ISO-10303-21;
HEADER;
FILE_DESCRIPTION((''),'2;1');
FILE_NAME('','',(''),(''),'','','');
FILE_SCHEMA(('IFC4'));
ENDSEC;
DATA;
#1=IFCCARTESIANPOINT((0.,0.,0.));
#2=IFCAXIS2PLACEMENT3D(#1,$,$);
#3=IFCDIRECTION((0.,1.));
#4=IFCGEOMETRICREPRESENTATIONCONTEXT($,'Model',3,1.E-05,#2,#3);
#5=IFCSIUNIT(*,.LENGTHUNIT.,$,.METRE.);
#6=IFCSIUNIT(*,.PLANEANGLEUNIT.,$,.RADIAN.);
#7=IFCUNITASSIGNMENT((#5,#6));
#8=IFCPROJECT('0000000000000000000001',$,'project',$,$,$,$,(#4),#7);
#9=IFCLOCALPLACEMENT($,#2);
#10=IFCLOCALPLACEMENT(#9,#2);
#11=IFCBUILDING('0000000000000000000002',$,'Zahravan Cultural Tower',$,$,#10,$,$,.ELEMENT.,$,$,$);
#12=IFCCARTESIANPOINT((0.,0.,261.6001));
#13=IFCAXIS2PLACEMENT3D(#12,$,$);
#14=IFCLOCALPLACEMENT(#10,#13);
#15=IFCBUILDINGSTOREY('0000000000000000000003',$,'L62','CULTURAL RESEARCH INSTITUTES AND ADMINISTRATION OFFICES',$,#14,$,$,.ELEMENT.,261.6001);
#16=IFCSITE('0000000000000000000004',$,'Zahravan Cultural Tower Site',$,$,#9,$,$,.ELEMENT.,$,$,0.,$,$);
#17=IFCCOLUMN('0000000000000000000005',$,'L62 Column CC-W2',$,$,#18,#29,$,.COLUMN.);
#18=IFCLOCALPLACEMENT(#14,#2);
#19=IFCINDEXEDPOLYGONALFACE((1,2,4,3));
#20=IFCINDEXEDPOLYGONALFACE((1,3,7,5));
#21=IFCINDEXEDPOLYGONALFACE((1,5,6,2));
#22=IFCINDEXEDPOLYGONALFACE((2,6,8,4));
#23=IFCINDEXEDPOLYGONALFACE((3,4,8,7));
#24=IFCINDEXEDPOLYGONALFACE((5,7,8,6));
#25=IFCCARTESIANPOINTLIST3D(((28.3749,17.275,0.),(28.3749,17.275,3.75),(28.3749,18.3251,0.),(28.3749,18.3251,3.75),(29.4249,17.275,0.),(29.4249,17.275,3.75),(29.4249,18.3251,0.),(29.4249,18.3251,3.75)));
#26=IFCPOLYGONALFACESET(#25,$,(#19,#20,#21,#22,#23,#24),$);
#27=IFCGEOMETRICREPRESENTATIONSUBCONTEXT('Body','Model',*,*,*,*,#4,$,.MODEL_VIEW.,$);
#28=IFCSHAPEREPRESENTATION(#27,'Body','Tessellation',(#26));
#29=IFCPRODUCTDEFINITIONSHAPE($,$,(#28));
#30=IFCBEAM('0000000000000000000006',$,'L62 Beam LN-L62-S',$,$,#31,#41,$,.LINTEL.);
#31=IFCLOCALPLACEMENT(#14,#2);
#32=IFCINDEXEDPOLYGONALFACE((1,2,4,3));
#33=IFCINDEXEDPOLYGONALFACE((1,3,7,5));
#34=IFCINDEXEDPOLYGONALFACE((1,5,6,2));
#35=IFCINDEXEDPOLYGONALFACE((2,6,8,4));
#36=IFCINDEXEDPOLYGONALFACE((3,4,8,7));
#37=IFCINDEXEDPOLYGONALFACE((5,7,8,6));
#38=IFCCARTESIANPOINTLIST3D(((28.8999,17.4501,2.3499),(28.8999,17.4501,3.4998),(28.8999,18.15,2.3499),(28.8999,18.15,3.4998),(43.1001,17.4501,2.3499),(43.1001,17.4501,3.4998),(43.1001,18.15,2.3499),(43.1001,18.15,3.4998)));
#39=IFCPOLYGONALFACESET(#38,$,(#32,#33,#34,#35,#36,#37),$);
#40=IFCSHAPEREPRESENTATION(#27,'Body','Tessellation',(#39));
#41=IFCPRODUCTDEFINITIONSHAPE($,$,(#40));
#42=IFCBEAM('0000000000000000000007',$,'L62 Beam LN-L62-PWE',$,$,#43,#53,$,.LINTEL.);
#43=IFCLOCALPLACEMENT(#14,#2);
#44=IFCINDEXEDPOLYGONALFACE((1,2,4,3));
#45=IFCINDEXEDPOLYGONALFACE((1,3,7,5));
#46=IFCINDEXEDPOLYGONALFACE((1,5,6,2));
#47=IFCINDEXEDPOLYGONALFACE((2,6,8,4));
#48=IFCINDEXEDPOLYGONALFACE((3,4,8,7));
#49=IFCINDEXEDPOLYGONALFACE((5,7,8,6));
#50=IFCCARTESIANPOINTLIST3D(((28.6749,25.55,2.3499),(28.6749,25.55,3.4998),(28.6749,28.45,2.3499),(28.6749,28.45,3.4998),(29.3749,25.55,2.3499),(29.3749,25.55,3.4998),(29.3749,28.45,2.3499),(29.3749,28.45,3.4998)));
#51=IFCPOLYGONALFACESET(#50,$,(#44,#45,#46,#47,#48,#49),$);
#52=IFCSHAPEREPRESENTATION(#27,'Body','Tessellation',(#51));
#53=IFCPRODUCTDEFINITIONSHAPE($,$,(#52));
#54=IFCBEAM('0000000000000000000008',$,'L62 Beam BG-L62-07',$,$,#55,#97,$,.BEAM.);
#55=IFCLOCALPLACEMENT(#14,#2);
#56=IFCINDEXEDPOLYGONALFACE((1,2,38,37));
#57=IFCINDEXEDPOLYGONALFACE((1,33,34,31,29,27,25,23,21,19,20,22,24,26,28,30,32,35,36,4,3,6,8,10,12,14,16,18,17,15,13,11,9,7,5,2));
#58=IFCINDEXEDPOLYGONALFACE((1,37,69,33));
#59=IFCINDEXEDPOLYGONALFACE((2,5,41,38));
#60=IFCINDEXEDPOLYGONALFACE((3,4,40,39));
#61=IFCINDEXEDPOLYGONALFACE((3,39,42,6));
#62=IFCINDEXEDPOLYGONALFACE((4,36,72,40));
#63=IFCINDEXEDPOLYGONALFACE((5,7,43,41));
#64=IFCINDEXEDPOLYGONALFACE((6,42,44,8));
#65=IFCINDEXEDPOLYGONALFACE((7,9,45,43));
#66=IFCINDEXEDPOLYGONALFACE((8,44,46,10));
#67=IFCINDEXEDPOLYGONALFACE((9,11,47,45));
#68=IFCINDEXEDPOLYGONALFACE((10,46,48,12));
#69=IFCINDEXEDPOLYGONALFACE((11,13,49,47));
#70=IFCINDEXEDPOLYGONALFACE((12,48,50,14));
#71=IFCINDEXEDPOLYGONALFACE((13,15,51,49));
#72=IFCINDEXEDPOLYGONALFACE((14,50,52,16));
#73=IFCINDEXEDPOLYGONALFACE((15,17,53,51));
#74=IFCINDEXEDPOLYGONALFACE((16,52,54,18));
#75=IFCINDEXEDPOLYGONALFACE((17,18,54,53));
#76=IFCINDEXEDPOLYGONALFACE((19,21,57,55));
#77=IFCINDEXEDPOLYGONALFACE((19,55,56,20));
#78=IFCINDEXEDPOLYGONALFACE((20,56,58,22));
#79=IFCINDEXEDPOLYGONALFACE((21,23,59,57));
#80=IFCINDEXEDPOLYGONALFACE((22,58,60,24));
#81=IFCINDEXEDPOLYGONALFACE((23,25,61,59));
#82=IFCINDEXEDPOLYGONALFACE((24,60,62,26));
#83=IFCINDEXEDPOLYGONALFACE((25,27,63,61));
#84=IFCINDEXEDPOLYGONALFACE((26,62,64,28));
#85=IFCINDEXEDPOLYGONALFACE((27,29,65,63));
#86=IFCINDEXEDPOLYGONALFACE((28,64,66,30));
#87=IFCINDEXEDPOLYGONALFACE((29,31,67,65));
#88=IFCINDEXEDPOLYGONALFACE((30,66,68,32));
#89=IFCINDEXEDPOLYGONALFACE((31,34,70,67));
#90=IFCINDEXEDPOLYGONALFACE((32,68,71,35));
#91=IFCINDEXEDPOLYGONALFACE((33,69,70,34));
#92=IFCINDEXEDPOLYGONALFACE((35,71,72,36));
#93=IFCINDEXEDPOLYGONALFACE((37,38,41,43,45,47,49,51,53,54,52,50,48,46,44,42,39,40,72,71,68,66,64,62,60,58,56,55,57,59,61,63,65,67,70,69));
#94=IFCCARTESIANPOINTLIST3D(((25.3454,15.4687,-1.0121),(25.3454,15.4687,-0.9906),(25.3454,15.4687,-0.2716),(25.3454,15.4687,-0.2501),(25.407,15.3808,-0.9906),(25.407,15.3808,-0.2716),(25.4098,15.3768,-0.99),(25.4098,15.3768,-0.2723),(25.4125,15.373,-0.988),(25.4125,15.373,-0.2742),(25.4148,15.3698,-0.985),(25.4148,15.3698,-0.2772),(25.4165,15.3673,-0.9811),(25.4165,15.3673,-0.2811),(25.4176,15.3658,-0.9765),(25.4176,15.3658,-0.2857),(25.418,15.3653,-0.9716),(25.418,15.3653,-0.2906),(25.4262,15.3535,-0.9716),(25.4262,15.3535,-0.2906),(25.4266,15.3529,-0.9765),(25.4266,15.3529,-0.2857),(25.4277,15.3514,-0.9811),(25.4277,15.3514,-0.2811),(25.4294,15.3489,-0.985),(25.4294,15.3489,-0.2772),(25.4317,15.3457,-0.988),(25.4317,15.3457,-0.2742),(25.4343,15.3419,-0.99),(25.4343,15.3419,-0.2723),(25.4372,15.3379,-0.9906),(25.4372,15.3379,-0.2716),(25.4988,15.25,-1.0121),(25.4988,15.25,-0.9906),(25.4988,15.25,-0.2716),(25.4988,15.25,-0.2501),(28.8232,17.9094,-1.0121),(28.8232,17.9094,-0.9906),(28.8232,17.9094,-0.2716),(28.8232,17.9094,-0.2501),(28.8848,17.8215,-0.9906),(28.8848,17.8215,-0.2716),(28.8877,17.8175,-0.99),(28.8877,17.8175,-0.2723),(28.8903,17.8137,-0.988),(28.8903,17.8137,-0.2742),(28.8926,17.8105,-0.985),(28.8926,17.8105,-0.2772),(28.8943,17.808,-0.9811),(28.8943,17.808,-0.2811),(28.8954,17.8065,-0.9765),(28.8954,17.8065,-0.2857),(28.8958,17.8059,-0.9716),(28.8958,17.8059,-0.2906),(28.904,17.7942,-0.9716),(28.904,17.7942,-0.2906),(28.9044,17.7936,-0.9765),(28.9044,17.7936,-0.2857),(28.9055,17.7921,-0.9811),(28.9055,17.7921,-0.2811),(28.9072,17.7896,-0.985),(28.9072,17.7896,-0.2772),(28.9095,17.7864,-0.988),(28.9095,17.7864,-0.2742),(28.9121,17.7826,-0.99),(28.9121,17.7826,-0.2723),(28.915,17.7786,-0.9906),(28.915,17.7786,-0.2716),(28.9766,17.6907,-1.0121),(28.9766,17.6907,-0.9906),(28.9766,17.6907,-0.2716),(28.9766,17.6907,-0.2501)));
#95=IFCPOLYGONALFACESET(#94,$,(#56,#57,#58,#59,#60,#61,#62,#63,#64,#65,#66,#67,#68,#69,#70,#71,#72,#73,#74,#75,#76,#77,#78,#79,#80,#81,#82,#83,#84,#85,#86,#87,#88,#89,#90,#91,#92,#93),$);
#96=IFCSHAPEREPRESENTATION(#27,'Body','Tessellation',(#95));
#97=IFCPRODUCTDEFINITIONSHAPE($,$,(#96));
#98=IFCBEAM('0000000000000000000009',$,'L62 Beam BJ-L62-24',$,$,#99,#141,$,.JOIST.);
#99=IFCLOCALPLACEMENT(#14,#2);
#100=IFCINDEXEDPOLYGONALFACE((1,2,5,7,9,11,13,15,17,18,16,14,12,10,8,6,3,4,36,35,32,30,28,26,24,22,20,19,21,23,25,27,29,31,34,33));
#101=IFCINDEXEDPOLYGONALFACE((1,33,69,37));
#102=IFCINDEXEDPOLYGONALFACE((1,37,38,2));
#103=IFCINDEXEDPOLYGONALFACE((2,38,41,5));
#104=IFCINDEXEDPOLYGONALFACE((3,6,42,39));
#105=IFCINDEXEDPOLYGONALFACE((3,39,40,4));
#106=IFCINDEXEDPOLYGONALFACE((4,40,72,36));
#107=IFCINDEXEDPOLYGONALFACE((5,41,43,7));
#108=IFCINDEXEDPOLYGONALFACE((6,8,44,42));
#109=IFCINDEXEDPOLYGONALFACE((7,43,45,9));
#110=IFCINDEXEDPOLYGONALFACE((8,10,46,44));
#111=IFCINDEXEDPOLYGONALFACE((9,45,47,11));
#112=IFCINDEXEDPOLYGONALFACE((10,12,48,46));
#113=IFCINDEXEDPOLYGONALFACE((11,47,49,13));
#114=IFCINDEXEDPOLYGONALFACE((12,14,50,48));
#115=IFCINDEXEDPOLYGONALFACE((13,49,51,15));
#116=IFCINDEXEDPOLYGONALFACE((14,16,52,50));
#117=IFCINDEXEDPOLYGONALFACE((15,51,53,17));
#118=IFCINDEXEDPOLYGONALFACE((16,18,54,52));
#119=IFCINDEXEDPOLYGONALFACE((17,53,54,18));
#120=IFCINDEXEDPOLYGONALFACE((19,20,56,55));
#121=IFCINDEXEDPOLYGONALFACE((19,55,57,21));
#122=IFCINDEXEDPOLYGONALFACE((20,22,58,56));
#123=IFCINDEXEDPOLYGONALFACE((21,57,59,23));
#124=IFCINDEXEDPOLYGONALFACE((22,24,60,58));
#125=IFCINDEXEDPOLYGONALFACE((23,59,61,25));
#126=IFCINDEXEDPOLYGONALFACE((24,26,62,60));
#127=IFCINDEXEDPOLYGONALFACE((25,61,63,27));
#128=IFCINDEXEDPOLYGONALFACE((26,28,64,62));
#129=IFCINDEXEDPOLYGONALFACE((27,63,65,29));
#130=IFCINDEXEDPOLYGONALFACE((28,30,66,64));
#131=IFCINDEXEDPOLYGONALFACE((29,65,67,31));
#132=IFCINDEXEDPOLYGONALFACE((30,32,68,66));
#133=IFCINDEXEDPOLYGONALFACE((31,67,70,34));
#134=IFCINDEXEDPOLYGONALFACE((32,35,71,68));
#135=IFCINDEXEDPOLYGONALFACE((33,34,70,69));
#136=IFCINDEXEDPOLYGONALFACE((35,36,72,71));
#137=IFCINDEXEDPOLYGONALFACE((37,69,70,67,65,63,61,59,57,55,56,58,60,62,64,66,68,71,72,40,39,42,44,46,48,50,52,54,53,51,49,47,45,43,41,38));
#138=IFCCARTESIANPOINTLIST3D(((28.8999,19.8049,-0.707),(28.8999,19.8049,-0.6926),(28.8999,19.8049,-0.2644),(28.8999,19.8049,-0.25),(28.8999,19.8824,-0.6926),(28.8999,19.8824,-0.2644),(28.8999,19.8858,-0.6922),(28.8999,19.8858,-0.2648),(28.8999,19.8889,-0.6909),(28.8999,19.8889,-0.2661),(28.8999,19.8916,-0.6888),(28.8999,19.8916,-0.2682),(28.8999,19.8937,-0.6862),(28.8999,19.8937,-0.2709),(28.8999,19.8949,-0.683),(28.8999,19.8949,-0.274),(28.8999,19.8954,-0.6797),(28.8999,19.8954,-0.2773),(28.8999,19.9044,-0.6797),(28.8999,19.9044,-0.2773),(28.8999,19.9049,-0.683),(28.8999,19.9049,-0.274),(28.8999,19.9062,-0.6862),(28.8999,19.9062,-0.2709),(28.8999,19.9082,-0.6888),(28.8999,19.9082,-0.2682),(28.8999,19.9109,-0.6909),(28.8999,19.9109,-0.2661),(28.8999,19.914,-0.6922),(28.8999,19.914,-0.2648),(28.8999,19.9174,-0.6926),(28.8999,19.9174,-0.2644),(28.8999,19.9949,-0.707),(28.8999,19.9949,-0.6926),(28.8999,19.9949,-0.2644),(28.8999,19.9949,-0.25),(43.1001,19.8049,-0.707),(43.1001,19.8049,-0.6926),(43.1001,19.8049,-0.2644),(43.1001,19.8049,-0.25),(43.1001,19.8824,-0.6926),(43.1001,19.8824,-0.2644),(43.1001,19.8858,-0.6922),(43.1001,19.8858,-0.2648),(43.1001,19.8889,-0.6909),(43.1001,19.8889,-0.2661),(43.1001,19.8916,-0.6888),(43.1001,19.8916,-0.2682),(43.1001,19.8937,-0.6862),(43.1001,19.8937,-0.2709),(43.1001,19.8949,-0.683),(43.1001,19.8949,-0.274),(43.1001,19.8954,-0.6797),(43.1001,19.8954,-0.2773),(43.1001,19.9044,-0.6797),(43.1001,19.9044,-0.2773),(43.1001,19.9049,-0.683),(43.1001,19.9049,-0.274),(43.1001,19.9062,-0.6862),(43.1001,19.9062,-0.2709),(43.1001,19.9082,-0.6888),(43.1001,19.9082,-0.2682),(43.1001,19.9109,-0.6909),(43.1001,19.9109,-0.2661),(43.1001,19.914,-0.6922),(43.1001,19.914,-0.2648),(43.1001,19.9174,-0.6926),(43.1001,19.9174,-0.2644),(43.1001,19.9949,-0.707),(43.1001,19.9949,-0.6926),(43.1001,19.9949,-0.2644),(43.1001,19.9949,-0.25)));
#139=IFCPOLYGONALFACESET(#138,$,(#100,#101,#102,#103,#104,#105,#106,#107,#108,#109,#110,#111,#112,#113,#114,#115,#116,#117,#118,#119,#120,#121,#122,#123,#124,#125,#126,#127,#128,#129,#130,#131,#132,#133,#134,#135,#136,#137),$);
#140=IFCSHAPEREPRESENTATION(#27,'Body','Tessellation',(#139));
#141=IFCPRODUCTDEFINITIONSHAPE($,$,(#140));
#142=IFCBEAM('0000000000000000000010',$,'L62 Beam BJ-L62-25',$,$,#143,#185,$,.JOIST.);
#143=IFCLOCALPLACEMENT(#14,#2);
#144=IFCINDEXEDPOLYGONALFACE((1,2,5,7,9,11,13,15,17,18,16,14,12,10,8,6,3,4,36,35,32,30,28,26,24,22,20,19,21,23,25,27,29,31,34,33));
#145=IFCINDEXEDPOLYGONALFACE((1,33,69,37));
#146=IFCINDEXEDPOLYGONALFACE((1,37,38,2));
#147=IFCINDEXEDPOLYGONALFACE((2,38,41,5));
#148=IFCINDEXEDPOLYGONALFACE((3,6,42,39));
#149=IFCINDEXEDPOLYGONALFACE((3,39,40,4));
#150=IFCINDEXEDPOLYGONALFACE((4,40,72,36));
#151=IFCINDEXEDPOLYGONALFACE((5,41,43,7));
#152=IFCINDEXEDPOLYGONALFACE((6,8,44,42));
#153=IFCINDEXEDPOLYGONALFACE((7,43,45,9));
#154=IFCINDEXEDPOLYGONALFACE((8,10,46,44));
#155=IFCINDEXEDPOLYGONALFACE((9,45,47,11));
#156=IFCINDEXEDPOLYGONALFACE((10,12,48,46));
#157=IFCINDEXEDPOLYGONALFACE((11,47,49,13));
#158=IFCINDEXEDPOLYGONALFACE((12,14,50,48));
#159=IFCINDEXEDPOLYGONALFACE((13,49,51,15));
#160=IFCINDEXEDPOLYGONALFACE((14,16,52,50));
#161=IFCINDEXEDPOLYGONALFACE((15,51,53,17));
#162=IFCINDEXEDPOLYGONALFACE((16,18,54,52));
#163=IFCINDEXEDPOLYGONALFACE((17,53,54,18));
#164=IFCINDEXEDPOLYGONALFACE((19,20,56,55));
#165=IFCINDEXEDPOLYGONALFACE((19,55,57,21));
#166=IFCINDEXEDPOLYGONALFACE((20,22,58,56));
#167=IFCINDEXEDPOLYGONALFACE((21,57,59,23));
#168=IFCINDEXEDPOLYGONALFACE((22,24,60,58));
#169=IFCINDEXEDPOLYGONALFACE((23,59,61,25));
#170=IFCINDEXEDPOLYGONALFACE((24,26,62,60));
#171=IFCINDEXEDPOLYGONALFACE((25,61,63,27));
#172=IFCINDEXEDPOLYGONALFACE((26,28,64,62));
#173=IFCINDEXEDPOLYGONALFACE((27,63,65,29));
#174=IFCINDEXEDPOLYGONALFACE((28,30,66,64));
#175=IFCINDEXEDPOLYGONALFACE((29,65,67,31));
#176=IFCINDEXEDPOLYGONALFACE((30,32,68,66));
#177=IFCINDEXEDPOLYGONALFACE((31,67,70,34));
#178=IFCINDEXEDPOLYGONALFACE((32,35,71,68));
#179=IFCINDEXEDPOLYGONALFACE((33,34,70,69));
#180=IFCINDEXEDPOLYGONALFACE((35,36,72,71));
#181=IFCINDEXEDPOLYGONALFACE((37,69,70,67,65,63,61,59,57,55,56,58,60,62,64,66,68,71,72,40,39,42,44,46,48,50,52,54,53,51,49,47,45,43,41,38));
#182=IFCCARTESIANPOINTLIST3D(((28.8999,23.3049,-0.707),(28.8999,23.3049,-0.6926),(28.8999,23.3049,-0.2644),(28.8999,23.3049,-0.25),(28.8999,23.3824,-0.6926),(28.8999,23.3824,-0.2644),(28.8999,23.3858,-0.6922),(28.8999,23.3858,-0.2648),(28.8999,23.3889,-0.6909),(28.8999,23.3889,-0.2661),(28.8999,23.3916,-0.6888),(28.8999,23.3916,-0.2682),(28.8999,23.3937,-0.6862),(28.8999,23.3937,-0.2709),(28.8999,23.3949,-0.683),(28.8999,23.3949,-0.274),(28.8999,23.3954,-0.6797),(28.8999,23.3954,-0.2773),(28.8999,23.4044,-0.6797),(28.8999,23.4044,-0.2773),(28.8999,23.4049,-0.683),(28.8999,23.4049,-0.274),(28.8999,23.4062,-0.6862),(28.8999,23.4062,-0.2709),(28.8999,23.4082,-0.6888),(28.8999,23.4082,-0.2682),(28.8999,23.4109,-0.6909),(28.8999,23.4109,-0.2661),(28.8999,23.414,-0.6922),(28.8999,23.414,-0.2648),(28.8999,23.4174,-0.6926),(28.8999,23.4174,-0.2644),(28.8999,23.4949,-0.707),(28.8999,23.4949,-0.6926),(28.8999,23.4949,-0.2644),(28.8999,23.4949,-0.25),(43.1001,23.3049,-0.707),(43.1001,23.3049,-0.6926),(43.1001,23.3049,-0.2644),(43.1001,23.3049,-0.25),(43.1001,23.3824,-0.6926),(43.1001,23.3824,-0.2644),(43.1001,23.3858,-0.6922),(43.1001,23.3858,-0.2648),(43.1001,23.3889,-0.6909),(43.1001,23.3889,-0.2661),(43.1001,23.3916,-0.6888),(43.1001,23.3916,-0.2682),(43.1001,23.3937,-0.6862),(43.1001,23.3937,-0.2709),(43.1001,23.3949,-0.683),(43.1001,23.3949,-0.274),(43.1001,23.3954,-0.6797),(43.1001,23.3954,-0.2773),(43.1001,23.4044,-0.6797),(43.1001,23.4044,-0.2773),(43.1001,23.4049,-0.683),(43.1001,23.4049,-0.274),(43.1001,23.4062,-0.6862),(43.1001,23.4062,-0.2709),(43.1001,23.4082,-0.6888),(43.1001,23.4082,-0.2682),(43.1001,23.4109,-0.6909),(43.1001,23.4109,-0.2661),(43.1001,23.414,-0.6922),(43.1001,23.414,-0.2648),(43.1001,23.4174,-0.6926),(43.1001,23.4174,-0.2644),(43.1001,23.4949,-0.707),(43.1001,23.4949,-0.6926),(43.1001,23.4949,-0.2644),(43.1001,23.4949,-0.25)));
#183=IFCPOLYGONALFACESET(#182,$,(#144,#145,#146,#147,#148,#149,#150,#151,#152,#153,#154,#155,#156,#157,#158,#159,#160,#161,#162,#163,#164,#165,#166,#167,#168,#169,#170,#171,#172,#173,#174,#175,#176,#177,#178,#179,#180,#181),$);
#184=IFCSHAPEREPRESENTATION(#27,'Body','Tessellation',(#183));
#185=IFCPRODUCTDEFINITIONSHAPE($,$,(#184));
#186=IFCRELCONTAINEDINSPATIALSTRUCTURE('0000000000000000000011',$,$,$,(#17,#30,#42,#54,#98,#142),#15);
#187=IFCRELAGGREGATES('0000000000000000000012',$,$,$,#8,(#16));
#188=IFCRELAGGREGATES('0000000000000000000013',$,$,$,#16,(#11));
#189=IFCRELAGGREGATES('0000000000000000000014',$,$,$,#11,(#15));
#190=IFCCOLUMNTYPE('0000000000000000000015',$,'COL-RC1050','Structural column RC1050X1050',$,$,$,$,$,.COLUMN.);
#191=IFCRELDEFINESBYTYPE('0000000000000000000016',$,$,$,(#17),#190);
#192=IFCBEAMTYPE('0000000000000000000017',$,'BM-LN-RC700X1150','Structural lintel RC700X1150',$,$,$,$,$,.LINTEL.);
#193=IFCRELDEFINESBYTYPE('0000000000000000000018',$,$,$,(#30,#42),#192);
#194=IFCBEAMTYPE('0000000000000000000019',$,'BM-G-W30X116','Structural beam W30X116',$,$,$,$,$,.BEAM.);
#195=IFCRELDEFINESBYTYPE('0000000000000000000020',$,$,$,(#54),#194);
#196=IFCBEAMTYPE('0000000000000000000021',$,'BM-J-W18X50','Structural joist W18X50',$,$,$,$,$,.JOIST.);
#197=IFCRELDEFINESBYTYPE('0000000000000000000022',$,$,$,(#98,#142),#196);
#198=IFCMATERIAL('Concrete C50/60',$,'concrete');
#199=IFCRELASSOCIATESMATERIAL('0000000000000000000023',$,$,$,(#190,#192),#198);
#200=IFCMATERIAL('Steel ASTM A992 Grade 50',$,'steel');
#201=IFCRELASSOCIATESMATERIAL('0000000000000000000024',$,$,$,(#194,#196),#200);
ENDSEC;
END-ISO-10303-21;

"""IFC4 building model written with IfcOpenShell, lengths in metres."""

from ifc_helpers import new_model, si_unit, direction, frame, origin, origin_2d, place, context, subcontext, project, spatial, rectangle, i_section, extrude, source, transform, mapped, material, material_profile, profile_set, type_object, element, save


model = new_model("IFC4")

# Units and contexts
model_context = context("Model", 3, precision=1e-05, world=origin(), true_north=direction((0.0, 1.0)))
body_context = subcontext(model_context, "Body", "Model", "MODEL_VIEW")
ifc_project = project(units=[si_unit("LENGTHUNIT", "METRE"), si_unit("PLANEANGLEUNIT", "RADIAN")], contexts=[model_context])

# Site, building, storey
site_placement = place(None, origin())
site = spatial("IfcSite", under=ifc_project, at=site_placement, Name="Zahravan Cultural Tower Site", CompositionType="ELEMENT", RefElevation=0.0)
building_placement = place(site_placement, origin())
building = spatial("IfcBuilding", under=site, at=building_placement, Name="Zahravan Cultural Tower", CompositionType="ELEMENT")
storey_placement = place(building_placement, frame((0.0, 0.0, 261.6001)))
storey = spatial("IfcBuildingStorey", under=building, at=storey_placement, Name="L62", Description="CULTURAL RESEARCH INSTITUTES AND ADMINISTRATION OFFICES", CompositionType="ELEMENT", Elevation=261.6001)

# Column
ifc_material_1 = material(Name="Concrete C50/60", Category="concrete")
ifc_material_profile_1 = material_profile(ifc_material_1, rectangle(XDim=1.05, YDim=1.05, at=origin_2d()), Name="RC1050X1050")
ifc_profile_set_1 = profile_set([ifc_material_profile_1], Name="Concrete C50/60")
column_type = type_object("IfcColumnType", Name="COL-RC1050", Description="Structural column RC1050X1050", PredefinedType="COLUMN", material=ifc_profile_set_1)
shared_shape_1 = source(origin(), body_context, "Body", "SweptSolid", [
    extrude(rectangle(XDim=1.05, YDim=1.05, at=origin_2d()), origin(), (0.0, 0.0, 1.0), 3.75),
])
column_placement = place(storey_placement, frame((28.8999, 17.8, 0.0), z_axis=(0.0, 0.0, 1.0), x_axis=(1.0, 0.0, 0.0)))
element("IfcColumn", 1, at=column_placement, inside=storey, type_object=column_type, Name="L62 Column CC-W2", PredefinedType="COLUMN", context=body_context, shape_type="MappedRepresentation", body=[
    mapped(shared_shape_1, transform((0.0, 0.0, 0.0), x_axis=(1.0, 0.0, 0.0), y_axis=(0.0, 1.0, 0.0), z_axis=(0.0, 0.0, 1.0), scale=1.0)),
])

# Beams
ifc_material_profile_2 = material_profile(ifc_material_1, rectangle(XDim=0.7, YDim=1.1499, at=origin_2d()), Name="RC700X1150")
ifc_profile_set_2 = profile_set([ifc_material_profile_2], Name="Concrete C50/60")
beam_type_1 = type_object("IfcBeamType", Name="BM-LN-RC700X1150", Description="Structural lintel RC700X1150", PredefinedType="LINTEL", material=ifc_profile_set_2)
shared_shape_2 = source(origin(), body_context, "Body", "SweptSolid", [
    extrude(rectangle(XDim=0.7, YDim=1.1499, at=origin_2d()), origin(), (0.0, 0.0, 1.0), 14.2002),
])
beam_1_placement = place(storey_placement, frame((28.8999, 17.8, 2.9248), z_axis=(1.0, 0.0, 0.0), x_axis=(0.0, 1.0, 0.0)))
element("IfcBeam", 2, at=beam_1_placement, inside=storey, type_object=beam_type_1, Name="L62 Beam LN-L62-S", PredefinedType="LINTEL", context=body_context, shape_type="MappedRepresentation", body=[
    mapped(shared_shape_2, transform((0.0, 0.0, 0.0), x_axis=(1.0, 0.0, 0.0), y_axis=(0.0, 1.0, 0.0), z_axis=(0.0, 0.0, 1.0), scale=1.0)),
])
shared_shape_3 = source(origin(), body_context, "Body", "SweptSolid", [
    extrude(rectangle(XDim=0.7, YDim=1.1499, at=origin_2d()), origin(), (0.0, 0.0, 1.0), 2.8999),
])
beam_2_placement = place(storey_placement, frame((29.0249, 25.55, 2.9248), z_axis=(0.0, 1.0, 0.0), x_axis=(-1.0, 0.0, 0.0)))
element("IfcBeam", 3, at=beam_2_placement, inside=storey, type_object=beam_type_1, Name="L62 Beam LN-L62-PWE", PredefinedType="LINTEL", context=body_context, shape_type="MappedRepresentation", body=[
    mapped(shared_shape_3, transform((0.0, 0.0, 0.0), x_axis=(1.0, 0.0, 0.0), y_axis=(0.0, 1.0, 0.0), z_axis=(0.0, 0.0, 1.0), scale=1.0)),
])
ifc_material_2 = material(Name="Steel ASTM A992 Grade 50", Category="steel")
ifc_material_profile_3 = material_profile(ifc_material_2, i_section(OverallWidth=0.2671, OverallDepth=0.762, WebThickness=0.0144, FlangeThickness=0.0215, FilletRadius=0.019, at=origin_2d()), Name="W30X116")
ifc_profile_set_3 = profile_set([ifc_material_profile_3], Name="Steel ASTM A992 Grade 50")
beam_type_2 = type_object("IfcBeamType", Name="BM-G-W30X116", Description="Structural beam W30X116", PredefinedType="BEAM", material=ifc_profile_set_3)
shared_shape_4 = source(origin(), body_context, "Body", "SweptSolid", [
    extrude(i_section(OverallWidth=0.2671, OverallDepth=0.762, WebThickness=0.0144, FlangeThickness=0.0215, FilletRadius=0.019, at=origin_2d()), origin(), (0.0, 0.0, 1.0), 4.2488),
])
beam_3_placement = place(storey_placement, frame((28.8999, 17.8, -0.6311), z_axis=(-0.818543, -0.574445, 0.0), x_axis=(0.574445, -0.818543, 0.0)))
element("IfcBeam", 4, at=beam_3_placement, inside=storey, type_object=beam_type_2, Name="L62 Beam BG-L62-07", PredefinedType="BEAM", context=body_context, shape_type="MappedRepresentation", body=[
    mapped(shared_shape_4, transform((0.0, 0.0, 0.0), x_axis=(1.0, 0.0, 0.0), y_axis=(0.0, 1.0, 0.0), z_axis=(0.0, 0.0, 1.0), scale=1.0)),
])
ifc_material_profile_4 = material_profile(ifc_material_2, i_section(OverallWidth=0.1899, OverallDepth=0.457, WebThickness=0.009, FlangeThickness=0.0144, FilletRadius=0.0129, at=origin_2d()), Name="W18X50")
ifc_profile_set_4 = profile_set([ifc_material_profile_4], Name="Steel ASTM A992 Grade 50")
beam_type_3 = type_object("IfcBeamType", Name="BM-J-W18X50", Description="Structural joist W18X50", PredefinedType="JOIST", material=ifc_profile_set_4)
shared_shape_5 = source(origin(), body_context, "Body", "SweptSolid", [
    extrude(i_section(OverallWidth=0.1899, OverallDepth=0.457, WebThickness=0.009, FlangeThickness=0.0144, FilletRadius=0.0129, at=origin_2d()), origin(), (0.0, 0.0, 1.0), 14.2002),
])
for number, where, z_axis, x_axis, name in (
    (5, (28.8999, 19.8999, -0.4785), (1.0, 0.0, 0.0), (0.0, 1.0, 0.0), "L62 Beam BJ-L62-24"),
    (6, (28.8999, 23.3999, -0.4785), (1.0, 0.0, 0.0), (0.0, 1.0, 0.0), "L62 Beam BJ-L62-25"),
):
    element("IfcBeam", number, at=place(storey_placement, frame(where, z_axis=z_axis, x_axis=x_axis)), inside=storey, type_object=beam_type_3, Name=name, PredefinedType="JOIST", context=body_context, shape_type="MappedRepresentation", body=[
        mapped(shared_shape_5, transform((0.0, 0.0, 0.0), x_axis=(1.0, 0.0, 0.0), y_axis=(0.0, 1.0, 0.0), z_axis=(0.0, 0.0, 1.0), scale=1.0)),
    ])

save(model, "model.ifc")
